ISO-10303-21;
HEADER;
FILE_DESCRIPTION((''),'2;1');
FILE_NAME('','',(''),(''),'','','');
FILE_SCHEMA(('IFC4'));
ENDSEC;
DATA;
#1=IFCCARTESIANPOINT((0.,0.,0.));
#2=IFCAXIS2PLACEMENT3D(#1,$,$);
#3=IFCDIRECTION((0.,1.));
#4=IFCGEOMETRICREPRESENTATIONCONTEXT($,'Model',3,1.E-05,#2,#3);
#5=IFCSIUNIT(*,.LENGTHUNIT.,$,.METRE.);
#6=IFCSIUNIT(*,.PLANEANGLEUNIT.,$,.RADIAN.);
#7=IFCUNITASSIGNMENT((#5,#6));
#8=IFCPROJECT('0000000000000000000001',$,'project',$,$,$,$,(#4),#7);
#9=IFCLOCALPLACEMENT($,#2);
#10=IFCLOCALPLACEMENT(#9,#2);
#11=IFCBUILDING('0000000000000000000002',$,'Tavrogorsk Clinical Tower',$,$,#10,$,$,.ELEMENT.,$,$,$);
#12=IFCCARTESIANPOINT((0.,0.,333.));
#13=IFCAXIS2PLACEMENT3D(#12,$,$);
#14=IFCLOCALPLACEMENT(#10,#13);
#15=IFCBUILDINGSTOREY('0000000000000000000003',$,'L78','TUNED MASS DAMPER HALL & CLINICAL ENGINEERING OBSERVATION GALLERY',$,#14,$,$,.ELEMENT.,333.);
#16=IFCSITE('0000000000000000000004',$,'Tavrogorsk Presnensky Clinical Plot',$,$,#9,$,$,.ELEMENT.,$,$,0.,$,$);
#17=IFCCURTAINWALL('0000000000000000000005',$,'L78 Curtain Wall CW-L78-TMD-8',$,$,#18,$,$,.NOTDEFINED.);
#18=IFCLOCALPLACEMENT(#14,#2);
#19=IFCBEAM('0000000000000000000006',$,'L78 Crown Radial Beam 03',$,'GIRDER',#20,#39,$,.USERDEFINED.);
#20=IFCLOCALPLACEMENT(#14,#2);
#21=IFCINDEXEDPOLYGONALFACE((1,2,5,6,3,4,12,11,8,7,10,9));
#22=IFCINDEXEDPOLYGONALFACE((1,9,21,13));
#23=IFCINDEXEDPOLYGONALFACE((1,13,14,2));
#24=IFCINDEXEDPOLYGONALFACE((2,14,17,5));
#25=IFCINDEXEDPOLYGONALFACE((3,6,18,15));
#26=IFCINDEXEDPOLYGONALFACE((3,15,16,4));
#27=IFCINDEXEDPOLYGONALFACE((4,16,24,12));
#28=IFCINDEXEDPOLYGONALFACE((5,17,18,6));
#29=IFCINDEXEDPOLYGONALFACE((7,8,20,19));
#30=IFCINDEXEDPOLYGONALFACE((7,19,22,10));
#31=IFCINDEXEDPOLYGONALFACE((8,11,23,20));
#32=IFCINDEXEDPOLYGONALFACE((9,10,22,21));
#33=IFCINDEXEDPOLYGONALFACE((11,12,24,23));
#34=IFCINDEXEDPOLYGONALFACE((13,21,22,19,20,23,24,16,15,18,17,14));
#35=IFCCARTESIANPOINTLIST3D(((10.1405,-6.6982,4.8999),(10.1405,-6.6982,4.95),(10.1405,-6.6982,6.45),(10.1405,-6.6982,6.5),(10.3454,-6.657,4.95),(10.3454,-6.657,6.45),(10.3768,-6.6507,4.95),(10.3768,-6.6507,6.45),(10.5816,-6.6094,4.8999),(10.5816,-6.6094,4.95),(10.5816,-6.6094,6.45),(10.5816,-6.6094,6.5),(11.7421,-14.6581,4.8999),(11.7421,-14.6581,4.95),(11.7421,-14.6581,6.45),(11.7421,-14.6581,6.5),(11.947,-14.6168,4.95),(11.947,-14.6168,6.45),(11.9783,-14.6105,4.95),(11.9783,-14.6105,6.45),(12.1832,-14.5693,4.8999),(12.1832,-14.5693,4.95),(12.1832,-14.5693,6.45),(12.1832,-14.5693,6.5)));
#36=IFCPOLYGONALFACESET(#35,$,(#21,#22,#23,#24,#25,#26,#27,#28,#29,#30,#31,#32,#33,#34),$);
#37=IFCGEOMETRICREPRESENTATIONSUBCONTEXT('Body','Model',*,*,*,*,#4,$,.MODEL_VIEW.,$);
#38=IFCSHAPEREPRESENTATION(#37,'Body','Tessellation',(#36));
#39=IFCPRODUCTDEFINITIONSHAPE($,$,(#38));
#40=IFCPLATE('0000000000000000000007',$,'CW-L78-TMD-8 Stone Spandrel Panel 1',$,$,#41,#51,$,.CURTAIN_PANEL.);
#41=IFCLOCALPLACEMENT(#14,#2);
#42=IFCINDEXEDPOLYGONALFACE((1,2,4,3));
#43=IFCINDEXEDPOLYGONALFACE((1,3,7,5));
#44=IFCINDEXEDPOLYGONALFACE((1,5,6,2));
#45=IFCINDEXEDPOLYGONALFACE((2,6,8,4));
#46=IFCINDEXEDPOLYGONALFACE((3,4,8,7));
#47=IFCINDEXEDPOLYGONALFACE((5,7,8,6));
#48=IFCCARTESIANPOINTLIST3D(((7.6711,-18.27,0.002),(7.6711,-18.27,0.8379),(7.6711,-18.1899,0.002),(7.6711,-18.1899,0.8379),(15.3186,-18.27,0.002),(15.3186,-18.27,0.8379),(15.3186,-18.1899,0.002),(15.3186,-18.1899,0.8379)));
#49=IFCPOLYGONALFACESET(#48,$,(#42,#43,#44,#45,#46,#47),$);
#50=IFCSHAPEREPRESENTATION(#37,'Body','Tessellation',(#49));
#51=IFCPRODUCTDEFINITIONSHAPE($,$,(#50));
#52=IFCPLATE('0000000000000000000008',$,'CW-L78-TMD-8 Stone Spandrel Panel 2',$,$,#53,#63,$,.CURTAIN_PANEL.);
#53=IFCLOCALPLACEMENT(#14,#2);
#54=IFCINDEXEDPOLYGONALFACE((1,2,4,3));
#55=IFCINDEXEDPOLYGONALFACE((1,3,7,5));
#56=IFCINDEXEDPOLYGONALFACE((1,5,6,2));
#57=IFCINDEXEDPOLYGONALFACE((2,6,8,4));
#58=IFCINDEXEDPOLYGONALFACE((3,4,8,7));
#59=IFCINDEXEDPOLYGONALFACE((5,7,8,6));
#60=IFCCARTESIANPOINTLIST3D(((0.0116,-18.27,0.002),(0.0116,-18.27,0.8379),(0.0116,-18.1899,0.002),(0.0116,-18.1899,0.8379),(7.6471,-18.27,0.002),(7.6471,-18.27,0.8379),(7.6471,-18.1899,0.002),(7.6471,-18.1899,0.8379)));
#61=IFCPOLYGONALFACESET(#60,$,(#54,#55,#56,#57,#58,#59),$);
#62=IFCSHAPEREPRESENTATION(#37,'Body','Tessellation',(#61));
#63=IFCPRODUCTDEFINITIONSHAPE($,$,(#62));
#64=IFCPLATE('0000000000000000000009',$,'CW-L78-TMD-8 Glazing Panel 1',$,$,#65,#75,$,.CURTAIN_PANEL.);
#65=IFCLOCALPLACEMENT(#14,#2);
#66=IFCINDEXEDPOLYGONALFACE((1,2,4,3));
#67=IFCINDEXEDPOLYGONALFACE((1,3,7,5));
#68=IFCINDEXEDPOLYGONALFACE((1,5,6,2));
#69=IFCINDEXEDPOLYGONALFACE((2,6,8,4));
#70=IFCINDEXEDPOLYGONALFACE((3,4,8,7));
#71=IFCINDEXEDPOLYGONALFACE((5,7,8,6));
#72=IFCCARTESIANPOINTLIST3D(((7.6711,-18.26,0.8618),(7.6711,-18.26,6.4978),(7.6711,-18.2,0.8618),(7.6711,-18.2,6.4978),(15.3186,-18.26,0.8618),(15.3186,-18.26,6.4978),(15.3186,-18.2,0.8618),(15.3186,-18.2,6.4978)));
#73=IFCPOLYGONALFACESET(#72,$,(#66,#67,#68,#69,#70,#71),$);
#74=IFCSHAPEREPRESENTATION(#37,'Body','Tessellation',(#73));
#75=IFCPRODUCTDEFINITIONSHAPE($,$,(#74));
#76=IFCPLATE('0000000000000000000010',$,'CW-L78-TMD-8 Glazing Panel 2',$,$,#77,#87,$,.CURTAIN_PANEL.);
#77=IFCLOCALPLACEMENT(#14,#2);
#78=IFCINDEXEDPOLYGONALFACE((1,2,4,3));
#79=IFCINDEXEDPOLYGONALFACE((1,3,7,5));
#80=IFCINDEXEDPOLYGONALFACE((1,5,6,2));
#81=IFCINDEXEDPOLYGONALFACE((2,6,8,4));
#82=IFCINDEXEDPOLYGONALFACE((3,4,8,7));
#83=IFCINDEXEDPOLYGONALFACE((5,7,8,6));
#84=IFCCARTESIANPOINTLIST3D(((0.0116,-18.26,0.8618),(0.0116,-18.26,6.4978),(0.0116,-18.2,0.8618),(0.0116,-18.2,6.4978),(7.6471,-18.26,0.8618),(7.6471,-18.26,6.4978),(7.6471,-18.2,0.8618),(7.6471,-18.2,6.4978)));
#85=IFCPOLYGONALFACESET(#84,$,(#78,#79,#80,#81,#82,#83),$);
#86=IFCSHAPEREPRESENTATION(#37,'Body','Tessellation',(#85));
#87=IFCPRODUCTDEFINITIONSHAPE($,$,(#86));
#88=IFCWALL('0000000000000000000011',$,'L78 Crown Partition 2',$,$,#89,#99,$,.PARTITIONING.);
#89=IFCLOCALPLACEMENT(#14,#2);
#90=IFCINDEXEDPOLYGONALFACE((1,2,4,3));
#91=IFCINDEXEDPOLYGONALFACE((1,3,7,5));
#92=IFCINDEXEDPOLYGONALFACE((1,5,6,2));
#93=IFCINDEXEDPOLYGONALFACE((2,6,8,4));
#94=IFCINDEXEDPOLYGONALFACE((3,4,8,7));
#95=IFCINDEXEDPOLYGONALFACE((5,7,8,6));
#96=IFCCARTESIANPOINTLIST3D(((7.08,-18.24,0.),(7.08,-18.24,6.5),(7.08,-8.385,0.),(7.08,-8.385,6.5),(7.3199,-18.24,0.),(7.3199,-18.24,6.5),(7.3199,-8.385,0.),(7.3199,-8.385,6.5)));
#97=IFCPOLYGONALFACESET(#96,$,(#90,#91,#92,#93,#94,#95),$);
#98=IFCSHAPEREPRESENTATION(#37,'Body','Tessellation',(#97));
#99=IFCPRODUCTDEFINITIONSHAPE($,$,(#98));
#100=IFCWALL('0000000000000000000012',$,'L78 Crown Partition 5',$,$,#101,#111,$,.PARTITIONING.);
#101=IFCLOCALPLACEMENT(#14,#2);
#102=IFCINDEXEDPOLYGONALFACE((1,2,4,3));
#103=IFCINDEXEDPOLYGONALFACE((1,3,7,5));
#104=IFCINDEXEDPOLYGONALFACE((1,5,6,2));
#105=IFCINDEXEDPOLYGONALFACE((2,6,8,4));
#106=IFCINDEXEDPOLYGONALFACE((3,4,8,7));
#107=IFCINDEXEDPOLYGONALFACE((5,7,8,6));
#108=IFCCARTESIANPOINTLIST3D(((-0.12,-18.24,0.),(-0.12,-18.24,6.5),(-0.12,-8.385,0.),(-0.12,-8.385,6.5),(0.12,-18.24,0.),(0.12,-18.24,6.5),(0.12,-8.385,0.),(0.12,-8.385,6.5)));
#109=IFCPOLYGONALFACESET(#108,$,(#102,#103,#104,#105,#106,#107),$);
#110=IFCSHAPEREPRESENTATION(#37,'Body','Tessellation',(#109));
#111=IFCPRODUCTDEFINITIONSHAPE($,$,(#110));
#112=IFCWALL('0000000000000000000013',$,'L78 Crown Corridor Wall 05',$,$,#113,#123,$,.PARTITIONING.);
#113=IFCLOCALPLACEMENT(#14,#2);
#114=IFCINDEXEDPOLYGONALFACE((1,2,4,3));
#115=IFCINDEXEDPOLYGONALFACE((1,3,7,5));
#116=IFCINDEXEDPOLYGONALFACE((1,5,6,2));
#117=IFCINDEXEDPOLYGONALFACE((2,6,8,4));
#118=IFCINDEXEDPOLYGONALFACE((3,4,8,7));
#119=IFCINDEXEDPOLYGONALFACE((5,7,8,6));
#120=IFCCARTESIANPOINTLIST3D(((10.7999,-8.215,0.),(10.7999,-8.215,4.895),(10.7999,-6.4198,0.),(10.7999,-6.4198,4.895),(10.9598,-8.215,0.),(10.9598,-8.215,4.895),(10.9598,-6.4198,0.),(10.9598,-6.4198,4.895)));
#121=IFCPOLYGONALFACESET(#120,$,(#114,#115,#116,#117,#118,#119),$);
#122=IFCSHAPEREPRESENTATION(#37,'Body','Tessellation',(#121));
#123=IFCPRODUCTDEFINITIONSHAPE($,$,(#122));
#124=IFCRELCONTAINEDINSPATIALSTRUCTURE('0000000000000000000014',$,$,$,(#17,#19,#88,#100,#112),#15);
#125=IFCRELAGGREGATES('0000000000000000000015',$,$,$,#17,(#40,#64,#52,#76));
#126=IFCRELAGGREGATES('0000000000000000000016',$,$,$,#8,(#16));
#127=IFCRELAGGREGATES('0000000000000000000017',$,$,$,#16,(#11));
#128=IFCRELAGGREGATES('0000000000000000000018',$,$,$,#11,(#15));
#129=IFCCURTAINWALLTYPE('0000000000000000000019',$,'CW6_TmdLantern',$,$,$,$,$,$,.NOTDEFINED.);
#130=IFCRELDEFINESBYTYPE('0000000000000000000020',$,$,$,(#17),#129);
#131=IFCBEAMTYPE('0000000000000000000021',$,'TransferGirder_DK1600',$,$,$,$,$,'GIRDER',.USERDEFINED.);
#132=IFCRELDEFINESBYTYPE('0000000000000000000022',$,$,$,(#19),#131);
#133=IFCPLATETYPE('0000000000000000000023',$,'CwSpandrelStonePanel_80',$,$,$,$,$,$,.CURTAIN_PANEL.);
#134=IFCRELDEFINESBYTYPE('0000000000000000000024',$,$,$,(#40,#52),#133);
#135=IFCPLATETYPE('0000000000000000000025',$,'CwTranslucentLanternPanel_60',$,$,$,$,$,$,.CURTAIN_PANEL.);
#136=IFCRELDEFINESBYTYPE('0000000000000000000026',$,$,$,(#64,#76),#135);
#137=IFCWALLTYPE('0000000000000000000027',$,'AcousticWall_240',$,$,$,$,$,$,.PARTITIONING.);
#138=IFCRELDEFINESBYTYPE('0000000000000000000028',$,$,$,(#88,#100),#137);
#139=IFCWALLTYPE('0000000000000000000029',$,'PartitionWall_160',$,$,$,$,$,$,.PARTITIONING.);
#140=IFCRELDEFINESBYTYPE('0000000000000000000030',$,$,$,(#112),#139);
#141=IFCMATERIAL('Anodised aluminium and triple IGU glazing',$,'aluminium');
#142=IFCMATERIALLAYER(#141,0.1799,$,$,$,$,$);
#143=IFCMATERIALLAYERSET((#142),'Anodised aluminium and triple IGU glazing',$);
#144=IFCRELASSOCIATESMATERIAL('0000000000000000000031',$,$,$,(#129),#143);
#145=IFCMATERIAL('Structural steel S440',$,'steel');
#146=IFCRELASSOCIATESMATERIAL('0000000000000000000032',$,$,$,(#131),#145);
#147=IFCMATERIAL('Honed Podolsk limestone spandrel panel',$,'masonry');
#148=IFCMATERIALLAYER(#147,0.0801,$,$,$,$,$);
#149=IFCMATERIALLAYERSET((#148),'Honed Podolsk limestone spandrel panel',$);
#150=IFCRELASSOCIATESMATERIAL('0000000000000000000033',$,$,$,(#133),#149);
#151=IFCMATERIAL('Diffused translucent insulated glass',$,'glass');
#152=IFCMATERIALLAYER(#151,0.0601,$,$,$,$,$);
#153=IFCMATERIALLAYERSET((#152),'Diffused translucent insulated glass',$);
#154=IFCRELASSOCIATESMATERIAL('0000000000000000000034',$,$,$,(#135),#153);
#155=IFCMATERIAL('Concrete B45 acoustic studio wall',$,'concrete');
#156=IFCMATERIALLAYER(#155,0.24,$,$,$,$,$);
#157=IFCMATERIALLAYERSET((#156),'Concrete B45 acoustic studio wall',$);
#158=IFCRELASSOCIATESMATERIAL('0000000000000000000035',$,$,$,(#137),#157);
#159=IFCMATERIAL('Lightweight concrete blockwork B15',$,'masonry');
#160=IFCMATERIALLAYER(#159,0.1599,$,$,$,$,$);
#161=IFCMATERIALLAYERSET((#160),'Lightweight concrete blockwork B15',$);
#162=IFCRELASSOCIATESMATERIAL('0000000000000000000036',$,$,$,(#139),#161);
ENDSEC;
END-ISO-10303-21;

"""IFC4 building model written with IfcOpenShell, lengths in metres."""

from ifc_helpers import new_model, si_unit, direction, frame, frame_2d, origin, origin_2d, place, context, subcontext, project, spatial, rectangle, i_section, extrude, material, layer, layer_set, material_profile, profile_set, type_object, element, aggregate, save


model = new_model("IFC4")

# Units and contexts
model_context = context("Model", 3, precision=1e-05, world=origin(), true_north=direction((0.0, 1.0)))
body_context = subcontext(model_context, "Body", "Model", "MODEL_VIEW")
ifc_project = project(units=[si_unit("LENGTHUNIT", "METRE"), si_unit("PLANEANGLEUNIT", "RADIAN")], contexts=[model_context])

# Site, building, storey
site_placement = place(None, origin())
site = spatial("IfcSite", under=ifc_project, at=site_placement, Name="Tavrogorsk Presnensky Clinical Plot", CompositionType="ELEMENT", RefElevation=0.0)
building_placement = place(site_placement, origin())
building = spatial("IfcBuilding", under=site, at=building_placement, Name="Tavrogorsk Clinical Tower", CompositionType="ELEMENT")
storey_placement = place(building_placement, frame((0.0, 0.0, 333.0)))
storey = spatial("IfcBuildingStorey", under=building, at=storey_placement, Name="L78", Description="TUNED MASS DAMPER HALL & CLINICAL ENGINEERING OBSERVATION GALLERY", CompositionType="ELEMENT", Elevation=333.0)

# Curtain wall
ifc_material_1 = material(Name="Anodised aluminium and triple IGU glazing", Category="aluminium")
ifc_layer_1 = layer(ifc_material_1, 0.1799)
ifc_layer_set_1 = layer_set([ifc_layer_1], Name="Anodised aluminium and triple IGU glazing")
curtain_wall_type = type_object("IfcCurtainWallType", Name="CW6_TmdLantern", PredefinedType="NOTDEFINED", material=ifc_layer_set_1)
curtain_wall_placement = place(storey_placement, origin())
curtain_wall = element("IfcCurtainWall", 1, at=curtain_wall_placement, inside=storey, type_object=curtain_wall_type, Name="L78 Curtain Wall CW-L78-TMD-8", PredefinedType="NOTDEFINED")

# Beam
ifc_material_2 = material(Name="Structural steel S440", Category="steel")
ifc_material_profile_1 = material_profile(ifc_material_2, i_section(OverallWidth=0.45, OverallDepth=1.6001, WebThickness=0.032, FlangeThickness=0.05, at=origin_2d()), Name="DK-1600x450x32x50")
ifc_profile_set_1 = profile_set([ifc_material_profile_1], Name="Structural steel S440")
beam_type = type_object("IfcBeamType", Name="TransferGirder_DK1600", ElementType="GIRDER", PredefinedType="USERDEFINED", material=ifc_profile_set_1)
beam_1_placement = place(storey_placement, frame((10.3611, -6.6538, 5.7), z_axis=(0.197249, -0.980353, 0.0), x_axis=(0.980353, 0.197249, 0.0)))
element("IfcBeam", 2, at=beam_1_placement, inside=storey, type_object=beam_type, Name="L78 Crown Radial Beam 03", ObjectType="GIRDER", PredefinedType="USERDEFINED", context=body_context, shape_type="SweptSolid", body=[
    extrude(i_section(OverallWidth=0.45, OverallDepth=1.6001, WebThickness=0.032, FlangeThickness=0.05, at=origin_2d()), origin(), (0.0, 0.0, 1.0), 8.1194),
])

# Plates
ifc_material_3 = material(Name="Honed Podolsk limestone spandrel panel", Category="masonry")
ifc_layer_2 = layer(ifc_material_3, 0.0801)
ifc_layer_set_2 = layer_set([ifc_layer_2], Name="Honed Podolsk limestone spandrel panel")
plate_type_1 = type_object("IfcPlateType", Name="CwSpandrelStonePanel_80", PredefinedType="CURTAIN_PANEL", material=ifc_layer_set_2)
plate_1_placement = place(storey_placement, frame((11.4949, -18.23, 0.002), z_axis=(0.0, 0.0, 1.0), x_axis=(-1.0, 0.0, 0.0)))
plate_1 = element("IfcPlate", 3, at=plate_1_placement, type_object=plate_type_1, Name="CW-L78-TMD-8 Stone Spandrel Panel 1", PredefinedType="CURTAIN_PANEL", context=body_context, shape_type="SweptSolid", body=[
    extrude(rectangle(XDim=7.6475, YDim=0.0801, at=origin_2d()), origin(), (0.0, 0.0, 1.0), 0.8359),
])
plate_2_placement = place(storey_placement, frame((3.8293, -18.23, 0.002), z_axis=(0.0, 0.0, 1.0), x_axis=(-1.0, 0.0, 0.0)))
plate_2 = element("IfcPlate", 4, at=plate_2_placement, type_object=plate_type_1, Name="CW-L78-TMD-8 Stone Spandrel Panel 2", PredefinedType="CURTAIN_PANEL", context=body_context, shape_type="SweptSolid", body=[
    extrude(rectangle(XDim=7.6355, YDim=0.0801, at=origin_2d()), origin(), (0.0, 0.0, 1.0), 0.8359),
])
ifc_material_4 = material(Name="Diffused translucent insulated glass", Category="glass")
ifc_layer_3 = layer(ifc_material_4, 0.0601)
ifc_layer_set_3 = layer_set([ifc_layer_3], Name="Diffused translucent insulated glass")
plate_type_2 = type_object("IfcPlateType", Name="CwTranslucentLanternPanel_60", PredefinedType="CURTAIN_PANEL", material=ifc_layer_set_3)
plate_3_placement = place(storey_placement, frame((11.4949, -18.23, 0.8618), z_axis=(0.0, 0.0, 1.0), x_axis=(-1.0, 0.0, 0.0)))
plate_3 = element("IfcPlate", 5, at=plate_3_placement, type_object=plate_type_2, Name="CW-L78-TMD-8 Glazing Panel 1", PredefinedType="CURTAIN_PANEL", context=body_context, shape_type="SweptSolid", body=[
    extrude(rectangle(XDim=7.6475, YDim=0.0601, at=origin_2d()), origin(), (0.0, 0.0, 1.0), 5.636),
])
plate_4_placement = place(storey_placement, frame((3.8293, -18.23, 0.8618), z_axis=(0.0, 0.0, 1.0), x_axis=(-1.0, 0.0, 0.0)))
plate_4 = element("IfcPlate", 6, at=plate_4_placement, type_object=plate_type_2, Name="CW-L78-TMD-8 Glazing Panel 2", PredefinedType="CURTAIN_PANEL", context=body_context, shape_type="SweptSolid", body=[
    extrude(rectangle(XDim=7.6355, YDim=0.0601, at=origin_2d()), origin(), (0.0, 0.0, 1.0), 5.636),
])
aggregate(curtain_wall, [plate_1, plate_3, plate_2, plate_4])

# Walls
ifc_material_5 = material(Name="Concrete B45 acoustic studio wall", Category="concrete")
ifc_layer_4 = layer(ifc_material_5, 0.24)
ifc_layer_set_4 = layer_set([ifc_layer_4], Name="Concrete B45 acoustic studio wall")
wall_type_1 = type_object("IfcWallType", Name="AcousticWall_240", PredefinedType="PARTITIONING", material=ifc_layer_set_4)
for number, where, z_axis, x_axis, name in (
    (7, (7.2, -18.24, 0.0), (0.0, 0.0, 1.0), (0.0, 1.0, 0.0), "L78 Crown Partition 2"),
    (8, (0.0, -18.24, 0.0), (0.0, 0.0, 1.0), (0.0, 1.0, 0.0), "L78 Crown Partition 5"),
):
    element("IfcWall", number, at=place(storey_placement, frame(where, z_axis=z_axis, x_axis=x_axis)), inside=storey, type_object=wall_type_1, Name=name, PredefinedType="PARTITIONING", context=body_context, shape_type="SweptSolid", body=[
        extrude(rectangle(XDim=9.855, YDim=0.24, at=frame_2d((4.9275, 0.0))), origin(), (0.0, 0.0, 1.0), 6.5),
    ])
ifc_material_6 = material(Name="Lightweight concrete blockwork B15", Category="masonry")
ifc_layer_5 = layer(ifc_material_6, 0.1599)
ifc_layer_set_5 = layer_set([ifc_layer_5], Name="Lightweight concrete blockwork B15")
wall_type_2 = type_object("IfcWallType", Name="PartitionWall_160", PredefinedType="PARTITIONING", material=ifc_layer_set_5)
wall_1_placement = place(storey_placement, frame((10.8799, -6.4199, 0.0), z_axis=(0.0, 0.0, 1.0), x_axis=(0.0, -1.0, 0.0)))
element("IfcWall", 9, at=wall_1_placement, inside=storey, type_object=wall_type_2, Name="L78 Crown Corridor Wall 05", PredefinedType="PARTITIONING", context=body_context, shape_type="SweptSolid", body=[
    extrude(rectangle(XDim=1.7952, YDim=0.1599, at=frame_2d((0.8975, 0.0))), origin(), (0.0, 0.0, 1.0), 4.895),
])

save(model, "model.ifc")
